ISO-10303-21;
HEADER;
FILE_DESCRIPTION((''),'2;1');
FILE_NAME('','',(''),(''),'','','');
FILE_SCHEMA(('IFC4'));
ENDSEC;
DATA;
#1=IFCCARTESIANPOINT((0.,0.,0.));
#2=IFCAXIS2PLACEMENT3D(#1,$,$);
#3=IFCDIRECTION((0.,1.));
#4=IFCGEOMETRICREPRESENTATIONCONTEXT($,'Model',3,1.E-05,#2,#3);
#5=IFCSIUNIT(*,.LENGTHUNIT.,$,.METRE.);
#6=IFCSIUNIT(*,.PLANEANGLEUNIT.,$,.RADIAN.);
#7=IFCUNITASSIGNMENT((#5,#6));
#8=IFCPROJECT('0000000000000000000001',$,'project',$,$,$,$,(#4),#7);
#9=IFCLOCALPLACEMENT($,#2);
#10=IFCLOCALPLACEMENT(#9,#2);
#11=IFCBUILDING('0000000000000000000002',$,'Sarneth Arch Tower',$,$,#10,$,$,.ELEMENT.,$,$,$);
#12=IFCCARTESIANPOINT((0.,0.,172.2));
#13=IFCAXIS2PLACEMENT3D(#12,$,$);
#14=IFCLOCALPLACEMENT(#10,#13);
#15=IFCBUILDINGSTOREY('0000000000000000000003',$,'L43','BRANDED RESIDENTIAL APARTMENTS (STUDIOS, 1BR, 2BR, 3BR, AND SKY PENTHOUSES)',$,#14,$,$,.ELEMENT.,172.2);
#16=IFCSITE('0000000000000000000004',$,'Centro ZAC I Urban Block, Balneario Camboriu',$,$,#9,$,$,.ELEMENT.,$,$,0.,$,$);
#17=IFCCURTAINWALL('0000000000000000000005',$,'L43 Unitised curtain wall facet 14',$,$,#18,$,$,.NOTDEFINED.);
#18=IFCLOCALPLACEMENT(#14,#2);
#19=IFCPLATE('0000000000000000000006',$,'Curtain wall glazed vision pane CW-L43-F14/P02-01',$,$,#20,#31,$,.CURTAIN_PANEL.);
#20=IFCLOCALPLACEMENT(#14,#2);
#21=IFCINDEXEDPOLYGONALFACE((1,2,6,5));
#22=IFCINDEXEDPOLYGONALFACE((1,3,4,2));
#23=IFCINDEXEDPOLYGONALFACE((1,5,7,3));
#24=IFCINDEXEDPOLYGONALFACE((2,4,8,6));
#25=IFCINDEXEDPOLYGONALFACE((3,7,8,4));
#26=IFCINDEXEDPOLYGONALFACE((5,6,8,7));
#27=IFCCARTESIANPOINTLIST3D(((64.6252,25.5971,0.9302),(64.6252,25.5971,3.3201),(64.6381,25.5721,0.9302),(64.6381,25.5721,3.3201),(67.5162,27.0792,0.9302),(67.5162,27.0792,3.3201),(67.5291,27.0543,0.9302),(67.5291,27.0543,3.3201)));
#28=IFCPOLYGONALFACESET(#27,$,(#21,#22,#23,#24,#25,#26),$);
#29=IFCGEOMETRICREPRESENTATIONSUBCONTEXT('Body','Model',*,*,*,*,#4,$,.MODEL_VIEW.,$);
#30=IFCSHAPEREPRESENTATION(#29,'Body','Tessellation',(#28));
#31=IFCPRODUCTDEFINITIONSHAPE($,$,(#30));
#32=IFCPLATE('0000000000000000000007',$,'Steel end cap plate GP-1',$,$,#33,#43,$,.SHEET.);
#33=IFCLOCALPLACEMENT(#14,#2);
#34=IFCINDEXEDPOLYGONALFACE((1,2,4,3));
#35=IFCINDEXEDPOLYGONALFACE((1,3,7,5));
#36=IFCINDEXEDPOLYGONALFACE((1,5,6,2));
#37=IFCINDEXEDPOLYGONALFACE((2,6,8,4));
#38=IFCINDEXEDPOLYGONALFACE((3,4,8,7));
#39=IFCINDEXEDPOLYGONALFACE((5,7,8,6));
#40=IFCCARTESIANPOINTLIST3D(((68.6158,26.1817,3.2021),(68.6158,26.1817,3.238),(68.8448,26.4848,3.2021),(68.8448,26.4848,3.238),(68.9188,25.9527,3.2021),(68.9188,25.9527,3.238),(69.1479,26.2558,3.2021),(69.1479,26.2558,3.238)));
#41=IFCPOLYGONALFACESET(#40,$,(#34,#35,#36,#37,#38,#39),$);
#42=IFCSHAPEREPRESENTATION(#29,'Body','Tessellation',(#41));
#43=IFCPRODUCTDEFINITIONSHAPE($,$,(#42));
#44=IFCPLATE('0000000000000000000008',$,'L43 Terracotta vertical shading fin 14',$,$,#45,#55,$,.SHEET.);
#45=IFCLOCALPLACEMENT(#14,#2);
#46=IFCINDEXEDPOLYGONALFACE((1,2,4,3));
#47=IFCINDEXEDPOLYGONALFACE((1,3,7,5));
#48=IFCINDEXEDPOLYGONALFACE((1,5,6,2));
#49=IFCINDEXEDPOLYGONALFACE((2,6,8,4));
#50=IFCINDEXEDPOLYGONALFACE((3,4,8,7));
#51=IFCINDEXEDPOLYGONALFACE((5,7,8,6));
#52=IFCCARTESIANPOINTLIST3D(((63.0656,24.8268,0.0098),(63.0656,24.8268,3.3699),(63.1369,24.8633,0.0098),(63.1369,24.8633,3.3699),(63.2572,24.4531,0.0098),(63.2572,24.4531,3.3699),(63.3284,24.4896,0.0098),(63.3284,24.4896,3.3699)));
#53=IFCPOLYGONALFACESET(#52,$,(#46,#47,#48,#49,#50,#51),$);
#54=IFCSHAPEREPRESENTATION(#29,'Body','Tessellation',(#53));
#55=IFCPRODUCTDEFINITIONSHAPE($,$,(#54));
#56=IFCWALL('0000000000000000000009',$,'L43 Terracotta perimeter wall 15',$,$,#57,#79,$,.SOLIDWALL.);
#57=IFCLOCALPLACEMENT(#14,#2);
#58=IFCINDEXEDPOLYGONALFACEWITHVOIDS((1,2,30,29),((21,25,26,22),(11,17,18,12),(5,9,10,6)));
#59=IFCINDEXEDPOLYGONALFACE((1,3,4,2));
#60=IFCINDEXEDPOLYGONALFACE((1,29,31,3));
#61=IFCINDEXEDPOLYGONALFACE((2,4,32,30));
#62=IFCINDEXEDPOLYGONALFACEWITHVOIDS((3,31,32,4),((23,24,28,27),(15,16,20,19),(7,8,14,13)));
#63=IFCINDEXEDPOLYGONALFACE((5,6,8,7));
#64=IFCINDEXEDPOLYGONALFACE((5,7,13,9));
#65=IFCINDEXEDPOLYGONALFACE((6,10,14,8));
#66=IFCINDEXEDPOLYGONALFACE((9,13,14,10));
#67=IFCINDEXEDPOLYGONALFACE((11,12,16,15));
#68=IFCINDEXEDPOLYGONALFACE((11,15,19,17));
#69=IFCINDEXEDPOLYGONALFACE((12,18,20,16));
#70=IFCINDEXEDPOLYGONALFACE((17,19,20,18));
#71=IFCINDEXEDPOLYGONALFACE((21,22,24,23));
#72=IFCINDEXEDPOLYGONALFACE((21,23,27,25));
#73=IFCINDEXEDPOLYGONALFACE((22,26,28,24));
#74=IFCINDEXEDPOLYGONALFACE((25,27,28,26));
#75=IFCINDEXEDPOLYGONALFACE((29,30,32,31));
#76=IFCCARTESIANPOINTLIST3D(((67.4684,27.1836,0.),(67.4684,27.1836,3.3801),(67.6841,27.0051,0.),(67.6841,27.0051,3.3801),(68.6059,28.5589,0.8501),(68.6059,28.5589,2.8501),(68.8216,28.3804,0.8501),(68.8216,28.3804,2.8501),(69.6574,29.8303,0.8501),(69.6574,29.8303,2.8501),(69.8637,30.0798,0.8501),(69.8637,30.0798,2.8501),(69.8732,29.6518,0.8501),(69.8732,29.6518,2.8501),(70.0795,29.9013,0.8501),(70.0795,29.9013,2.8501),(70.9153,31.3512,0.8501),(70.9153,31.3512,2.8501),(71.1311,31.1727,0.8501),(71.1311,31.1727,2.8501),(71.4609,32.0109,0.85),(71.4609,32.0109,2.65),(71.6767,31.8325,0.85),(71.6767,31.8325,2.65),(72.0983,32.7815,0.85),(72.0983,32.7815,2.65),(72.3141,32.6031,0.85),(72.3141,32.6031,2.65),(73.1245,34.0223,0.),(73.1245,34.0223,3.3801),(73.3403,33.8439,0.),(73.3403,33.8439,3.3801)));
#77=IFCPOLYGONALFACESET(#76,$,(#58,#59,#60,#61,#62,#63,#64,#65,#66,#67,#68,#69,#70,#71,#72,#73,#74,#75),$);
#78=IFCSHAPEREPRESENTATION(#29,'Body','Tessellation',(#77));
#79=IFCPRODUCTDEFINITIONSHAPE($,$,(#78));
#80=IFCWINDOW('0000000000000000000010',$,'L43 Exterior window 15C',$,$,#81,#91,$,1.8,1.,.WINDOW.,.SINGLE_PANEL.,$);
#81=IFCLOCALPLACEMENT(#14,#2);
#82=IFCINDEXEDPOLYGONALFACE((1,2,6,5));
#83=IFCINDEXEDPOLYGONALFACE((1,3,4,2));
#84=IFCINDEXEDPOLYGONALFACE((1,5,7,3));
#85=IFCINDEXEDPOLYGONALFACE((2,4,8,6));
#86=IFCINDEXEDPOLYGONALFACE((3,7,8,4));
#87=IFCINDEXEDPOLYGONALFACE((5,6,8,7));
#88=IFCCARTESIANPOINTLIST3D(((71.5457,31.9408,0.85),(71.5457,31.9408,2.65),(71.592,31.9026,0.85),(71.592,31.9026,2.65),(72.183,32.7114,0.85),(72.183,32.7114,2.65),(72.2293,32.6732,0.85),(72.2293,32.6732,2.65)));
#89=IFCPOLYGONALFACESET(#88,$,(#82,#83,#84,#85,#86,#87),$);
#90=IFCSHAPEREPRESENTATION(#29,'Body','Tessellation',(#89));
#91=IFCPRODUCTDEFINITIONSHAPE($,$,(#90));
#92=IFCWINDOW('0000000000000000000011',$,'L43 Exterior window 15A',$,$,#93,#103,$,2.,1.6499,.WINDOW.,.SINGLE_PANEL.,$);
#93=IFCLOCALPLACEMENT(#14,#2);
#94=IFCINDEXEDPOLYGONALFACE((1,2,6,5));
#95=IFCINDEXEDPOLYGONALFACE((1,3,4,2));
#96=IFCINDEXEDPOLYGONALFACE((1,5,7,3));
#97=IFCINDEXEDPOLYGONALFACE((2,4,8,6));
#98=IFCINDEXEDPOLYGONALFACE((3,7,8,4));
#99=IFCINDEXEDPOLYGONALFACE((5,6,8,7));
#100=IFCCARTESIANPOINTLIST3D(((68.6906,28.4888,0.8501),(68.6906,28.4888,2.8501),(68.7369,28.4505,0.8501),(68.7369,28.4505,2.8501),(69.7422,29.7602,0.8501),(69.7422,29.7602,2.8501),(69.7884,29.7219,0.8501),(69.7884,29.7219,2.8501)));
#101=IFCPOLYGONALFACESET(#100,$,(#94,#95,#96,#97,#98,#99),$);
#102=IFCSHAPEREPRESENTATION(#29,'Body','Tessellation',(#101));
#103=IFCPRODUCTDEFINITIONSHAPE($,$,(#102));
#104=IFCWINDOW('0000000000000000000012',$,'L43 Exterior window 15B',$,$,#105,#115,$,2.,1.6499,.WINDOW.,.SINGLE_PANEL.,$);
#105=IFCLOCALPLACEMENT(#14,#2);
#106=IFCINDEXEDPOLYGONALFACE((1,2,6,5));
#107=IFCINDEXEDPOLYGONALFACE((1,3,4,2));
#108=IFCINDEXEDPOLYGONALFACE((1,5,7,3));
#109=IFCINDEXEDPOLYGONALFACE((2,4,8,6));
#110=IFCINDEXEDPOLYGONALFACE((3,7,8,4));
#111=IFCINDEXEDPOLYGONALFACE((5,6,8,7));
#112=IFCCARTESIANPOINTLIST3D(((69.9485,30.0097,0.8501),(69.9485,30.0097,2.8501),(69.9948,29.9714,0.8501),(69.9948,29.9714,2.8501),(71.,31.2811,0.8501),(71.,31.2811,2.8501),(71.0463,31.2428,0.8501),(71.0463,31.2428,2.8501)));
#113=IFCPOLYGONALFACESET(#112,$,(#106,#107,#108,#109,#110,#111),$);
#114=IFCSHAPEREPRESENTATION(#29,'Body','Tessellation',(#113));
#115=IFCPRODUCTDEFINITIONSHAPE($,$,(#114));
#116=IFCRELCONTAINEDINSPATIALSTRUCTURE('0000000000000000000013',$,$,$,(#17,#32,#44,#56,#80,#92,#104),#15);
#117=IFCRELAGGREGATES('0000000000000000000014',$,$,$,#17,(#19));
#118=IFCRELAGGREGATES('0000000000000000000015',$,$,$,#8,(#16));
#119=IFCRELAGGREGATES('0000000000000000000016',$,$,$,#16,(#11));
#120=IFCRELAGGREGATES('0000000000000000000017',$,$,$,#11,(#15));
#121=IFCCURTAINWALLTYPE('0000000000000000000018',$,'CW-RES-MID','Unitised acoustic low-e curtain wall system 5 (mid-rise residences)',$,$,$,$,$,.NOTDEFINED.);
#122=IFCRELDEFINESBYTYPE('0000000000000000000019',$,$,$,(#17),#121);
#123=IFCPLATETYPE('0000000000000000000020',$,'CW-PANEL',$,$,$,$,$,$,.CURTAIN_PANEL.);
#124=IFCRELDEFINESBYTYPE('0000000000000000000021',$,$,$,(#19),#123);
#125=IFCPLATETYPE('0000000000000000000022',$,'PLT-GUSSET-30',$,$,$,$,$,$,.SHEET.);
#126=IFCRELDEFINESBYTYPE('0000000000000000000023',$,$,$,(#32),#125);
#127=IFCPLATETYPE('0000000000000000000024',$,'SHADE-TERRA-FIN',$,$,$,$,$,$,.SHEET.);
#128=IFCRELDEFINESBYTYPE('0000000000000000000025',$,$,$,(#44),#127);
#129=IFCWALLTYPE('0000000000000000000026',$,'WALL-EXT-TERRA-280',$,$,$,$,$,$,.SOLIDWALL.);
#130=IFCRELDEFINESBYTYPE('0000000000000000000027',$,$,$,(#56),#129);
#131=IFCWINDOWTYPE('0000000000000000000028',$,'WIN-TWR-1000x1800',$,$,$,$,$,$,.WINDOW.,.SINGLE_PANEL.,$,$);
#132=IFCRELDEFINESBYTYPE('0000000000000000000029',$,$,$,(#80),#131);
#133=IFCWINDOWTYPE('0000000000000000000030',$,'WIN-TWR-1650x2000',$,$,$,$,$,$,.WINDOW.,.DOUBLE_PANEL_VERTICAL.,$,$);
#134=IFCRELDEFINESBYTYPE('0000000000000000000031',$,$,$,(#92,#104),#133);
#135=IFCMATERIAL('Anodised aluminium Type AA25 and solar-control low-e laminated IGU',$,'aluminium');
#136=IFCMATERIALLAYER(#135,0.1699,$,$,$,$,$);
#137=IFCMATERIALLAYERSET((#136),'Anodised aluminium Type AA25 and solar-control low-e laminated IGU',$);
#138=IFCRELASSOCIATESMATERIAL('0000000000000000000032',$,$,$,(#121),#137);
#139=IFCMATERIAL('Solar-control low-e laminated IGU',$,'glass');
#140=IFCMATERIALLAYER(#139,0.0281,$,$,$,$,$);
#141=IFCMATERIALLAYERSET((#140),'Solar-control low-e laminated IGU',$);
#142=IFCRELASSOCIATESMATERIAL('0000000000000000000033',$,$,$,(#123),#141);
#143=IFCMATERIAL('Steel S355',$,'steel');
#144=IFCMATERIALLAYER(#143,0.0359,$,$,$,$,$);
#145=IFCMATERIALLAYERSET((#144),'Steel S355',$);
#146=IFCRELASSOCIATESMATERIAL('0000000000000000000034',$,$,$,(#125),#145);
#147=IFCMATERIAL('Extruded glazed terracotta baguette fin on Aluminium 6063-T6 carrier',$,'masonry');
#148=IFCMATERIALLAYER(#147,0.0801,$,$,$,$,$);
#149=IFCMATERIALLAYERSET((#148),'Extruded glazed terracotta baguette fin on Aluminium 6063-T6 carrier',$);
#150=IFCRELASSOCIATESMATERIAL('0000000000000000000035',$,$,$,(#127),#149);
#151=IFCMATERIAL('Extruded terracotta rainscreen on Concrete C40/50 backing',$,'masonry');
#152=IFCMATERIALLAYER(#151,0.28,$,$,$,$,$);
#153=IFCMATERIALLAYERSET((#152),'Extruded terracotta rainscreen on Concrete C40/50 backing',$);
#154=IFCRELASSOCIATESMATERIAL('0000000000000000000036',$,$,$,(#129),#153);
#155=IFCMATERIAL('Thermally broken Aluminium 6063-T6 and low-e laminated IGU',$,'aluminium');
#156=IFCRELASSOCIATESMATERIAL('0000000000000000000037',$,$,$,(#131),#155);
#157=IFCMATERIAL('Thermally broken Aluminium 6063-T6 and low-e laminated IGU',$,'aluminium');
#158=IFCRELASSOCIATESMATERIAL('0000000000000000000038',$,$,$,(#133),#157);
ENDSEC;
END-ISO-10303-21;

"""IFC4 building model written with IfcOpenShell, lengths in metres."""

from ifc_helpers import new_model, si_unit, direction, frame, frame_2d, origin, origin_2d, place, context, subcontext, project, spatial, rectangle, extrude, material, layer, layer_set, type_object, element, fill, aggregate, save


model = new_model("IFC4")

# Units and contexts
model_context = context("Model", 3, precision=1e-05, world=origin(), true_north=direction((0.0, 1.0)))
body_context = subcontext(model_context, "Body", "Model", "MODEL_VIEW")
ifc_project = project(units=[si_unit("LENGTHUNIT", "METRE"), si_unit("PLANEANGLEUNIT", "RADIAN")], contexts=[model_context])

# Site, building, storey
site_placement = place(None, origin())
site = spatial("IfcSite", under=ifc_project, at=site_placement, Name="Centro ZAC I Urban Block, Balneario Camboriu", CompositionType="ELEMENT", RefElevation=0.0)
building_placement = place(site_placement, origin())
building = spatial("IfcBuilding", under=site, at=building_placement, Name="Sarneth Arch Tower", CompositionType="ELEMENT")
storey_placement = place(building_placement, frame((0.0, 0.0, 172.2)))
storey = spatial("IfcBuildingStorey", under=building, at=storey_placement, Name="L43", Description="BRANDED RESIDENTIAL APARTMENTS (STUDIOS, 1BR, 2BR, 3BR, AND SKY PENTHOUSES)", CompositionType="ELEMENT", Elevation=172.2)

# Curtain wall
ifc_material_1 = material(Name="Anodised aluminium Type AA25 and solar-control low-e laminated IGU", Category="aluminium")
ifc_layer_1 = layer(ifc_material_1, 0.1699)
ifc_layer_set_1 = layer_set([ifc_layer_1], Name="Anodised aluminium Type AA25 and solar-control low-e laminated IGU")
curtain_wall_type = type_object("IfcCurtainWallType", Name="CW-RES-MID", Description="Unitised acoustic low-e curtain wall system 5 (mid-rise residences)", PredefinedType="NOTDEFINED", material=ifc_layer_set_1)
curtain_wall_placement = place(storey_placement, origin())
curtain_wall = element("IfcCurtainWall", 1, at=curtain_wall_placement, inside=storey, type_object=curtain_wall_type, Name="L43 Unitised curtain wall facet 14", PredefinedType="NOTDEFINED")

# Plate
ifc_material_2 = material(Name="Solar-control low-e laminated IGU", Category="glass")
ifc_layer_2 = layer(ifc_material_2, 0.0281)
ifc_layer_set_2 = layer_set([ifc_layer_2], Name="Solar-control low-e laminated IGU")
plate_type_1 = type_object("IfcPlateType", Name="CW-PANEL", PredefinedType="CURTAIN_PANEL", material=ifc_layer_set_2)
plate_1_placement = place(storey_placement, frame((66.0771, 26.3257, 0.9302), z_axis=(0.0, 0.0, 1.0), x_axis=(0.889873, 0.456208, 0.0)))
plate_1 = element("IfcPlate", 2, at=plate_1_placement, type_object=plate_type_1, Name="Curtain wall glazed vision pane CW-L43-F14/P02-01", PredefinedType="CURTAIN_PANEL", context=body_context, shape_type="SweptSolid", body=[
    extrude(rectangle(XDim=3.2488, YDim=0.0281, at=origin_2d()), origin(), (0.0, 0.0, 1.0), 2.3899),
])
aggregate(curtain_wall, [plate_1])

# Plates
ifc_material_3 = material(Name="Steel S355", Category="steel")
ifc_layer_3 = layer(ifc_material_3, 0.0359)
ifc_layer_set_3 = layer_set([ifc_layer_3], Name="Steel S355")
plate_type_2 = type_object("IfcPlateType", Name="PLT-GUSSET-30", PredefinedType="SHEET", material=ifc_layer_set_3)
plate_2_placement = place(storey_placement, frame((68.8818, 26.2188, 3.2021), z_axis=(0.0, 0.0, 1.0), x_axis=(0.797794, -0.60293, 0.0)))
element("IfcPlate", 3, at=plate_2_placement, inside=storey, type_object=plate_type_2, Name="Steel end cap plate GP-1", PredefinedType="SHEET", context=body_context, shape_type="SweptSolid", body=[
    extrude(rectangle(XDim=0.3799, YDim=0.3799, at=origin_2d()), origin(), (0.0, 0.0, 1.0), 0.0359),
])
ifc_material_4 = material(Name="Extruded glazed terracotta baguette fin on Aluminium 6063-T6 carrier", Category="masonry")
ifc_layer_4 = layer(ifc_material_4, 0.0801)
ifc_layer_set_4 = layer_set([ifc_layer_4], Name="Extruded glazed terracotta baguette fin on Aluminium 6063-T6 carrier")
plate_type_3 = type_object("IfcPlateType", Name="SHADE-TERRA-FIN", PredefinedType="SHEET", material=ifc_layer_set_4)
plate_3_placement = place(storey_placement, frame((63.197, 24.6582, 0.0098), z_axis=(0.0, 0.0, 1.0), x_axis=(0.456166, -0.889895, 0.0)))
element("IfcPlate", 4, at=plate_3_placement, inside=storey, type_object=plate_type_3, Name="L43 Terracotta vertical shading fin 14", PredefinedType="SHEET", context=body_context, shape_type="SweptSolid", body=[
    extrude(rectangle(XDim=0.4199, YDim=0.0801, at=origin_2d()), origin(), (0.0, 0.0, 1.0), 3.3601),
])

# Wall, openings, windows
ifc_material_5 = material(Name="Extruded terracotta rainscreen on Concrete C40/50 backing", Category="masonry")
ifc_layer_5 = layer(ifc_material_5, 0.28)
ifc_layer_set_5 = layer_set([ifc_layer_5], Name="Extruded terracotta rainscreen on Concrete C40/50 backing")
wall_type = type_object("IfcWallType", Name="WALL-EXT-TERRA-280", PredefinedType="SOLIDWALL", material=ifc_layer_set_5)
wall_placement = place(storey_placement, frame((67.5762, 27.0942, 0.0), z_axis=(0.0, 0.0, 1.0), x_axis=(0.637333, 0.770588, 0.0)))
wall = element("IfcWall", 5, at=wall_placement, inside=storey, type_object=wall_type, Name="L43 Terracotta perimeter wall 15", PredefinedType="SOLIDWALL", context=body_context, shape_type="SweptSolid", body=[
    extrude(rectangle(XDim=8.8748, YDim=0.28, at=frame_2d((4.4375, 0.0))), origin(), (0.0, 0.0, 1.0), 3.3801),
])
opening_1_placement = place(wall_placement, frame((1.7849, 0.0, 0.8501)))
opening_1 = element("IfcOpeningElement", 6, at=opening_1_placement, cuts=wall, PredefinedType="OPENING", context=body_context, shape_type="SweptSolid", body=[
    extrude(rectangle(XDim=1.6499, YDim=2.0, at=frame_2d((0.825, 1.0))), frame((0.0, 0.1499, 0.0), z_axis=(0.0, -1.0, 0.0), x_axis=(1.0, 0.0, 0.0)), (0.0, 0.0, 1.0), 0.3),
])
opening_2_placement = place(wall_placement, frame((3.7585, 0.0, 0.8501)))
opening_2 = element("IfcOpeningElement", 7, at=opening_2_placement, cuts=wall, PredefinedType="OPENING", context=body_context, shape_type="SweptSolid", body=[
    extrude(rectangle(XDim=1.6499, YDim=2.0, at=frame_2d((0.825, 1.0))), frame((0.0, 0.1499, 0.0), z_axis=(0.0, -1.0, 0.0), x_axis=(1.0, 0.0, 0.0)), (0.0, 0.0, 1.0), 0.3),
])
opening_3_placement = place(wall_placement, frame((6.2646, 0.0, 0.8501)))
opening_3 = element("IfcOpeningElement", 8, at=opening_3_placement, cuts=wall, PredefinedType="OPENING", context=body_context, shape_type="SweptSolid", body=[
    extrude(rectangle(XDim=1.0, YDim=1.8, at=frame_2d((0.5, 0.8999))), frame((0.0, 0.1499, 0.0), z_axis=(0.0, -1.0, 0.0), x_axis=(1.0, 0.0, 0.0)), (0.0, 0.0, 1.0), 0.3),
])
ifc_material_6 = material(Name="Thermally broken Aluminium 6063-T6 and low-e laminated IGU", Category="aluminium")
window_type_1 = type_object("IfcWindowType", Name="WIN-TWR-1000x1800", PartitioningType="SINGLE_PANEL", PredefinedType="WINDOW", material=ifc_material_6)
window_1_placement = place(opening_3_placement, origin())
window_1 = element("IfcWindow", 9, at=window_1_placement, inside=storey, type_object=window_type_1, Name="L43 Exterior window 15C", OverallHeight=1.8, OverallWidth=1.0, PartitioningType="SINGLE_PANEL", PredefinedType="WINDOW", context=body_context, shape_type="SweptSolid", body=[
    extrude(rectangle(XDim=1.0, YDim=1.8, at=frame_2d((0.5, 0.8999))), frame((0.0, 0.03, 0.0), z_axis=(0.0, -1.0, 0.0), x_axis=(1.0, 0.0, 0.0)), (0.0, 0.0, 1.0), 0.0601),
])
fill(opening_3, window_1)
ifc_material_7 = material(Name="Thermally broken Aluminium 6063-T6 and low-e laminated IGU", Category="aluminium")
window_type_2 = type_object("IfcWindowType", Name="WIN-TWR-1650x2000", PartitioningType="DOUBLE_PANEL_VERTICAL", PredefinedType="WINDOW", material=ifc_material_7)
window_2_placement = place(opening_1_placement, origin())
window_2 = element("IfcWindow", 10, at=window_2_placement, inside=storey, type_object=window_type_2, Name="L43 Exterior window 15A", OverallHeight=2.0, OverallWidth=1.6499, PartitioningType="SINGLE_PANEL", PredefinedType="WINDOW", context=body_context, shape_type="SweptSolid", body=[
    extrude(rectangle(XDim=1.6499, YDim=2.0, at=frame_2d((0.825, 1.0))), frame((0.0, 0.03, 0.0), z_axis=(0.0, -1.0, 0.0), x_axis=(1.0, 0.0, 0.0)), (0.0, 0.0, 1.0), 0.0601),
])
fill(opening_1, window_2)
window_3_placement = place(opening_2_placement, origin())
window_3 = element("IfcWindow", 11, at=window_3_placement, inside=storey, type_object=window_type_2, Name="L43 Exterior window 15B", OverallHeight=2.0, OverallWidth=1.6499, PartitioningType="SINGLE_PANEL", PredefinedType="WINDOW", context=body_context, shape_type="SweptSolid", body=[
    extrude(rectangle(XDim=1.6499, YDim=2.0, at=frame_2d((0.825, 1.0))), frame((0.0, 0.03, 0.0), z_axis=(0.0, -1.0, 0.0), x_axis=(1.0, 0.0, 0.0)), (0.0, 0.0, 1.0), 0.0601),
])
fill(opening_2, window_3)

save(model, "model.ifc")
